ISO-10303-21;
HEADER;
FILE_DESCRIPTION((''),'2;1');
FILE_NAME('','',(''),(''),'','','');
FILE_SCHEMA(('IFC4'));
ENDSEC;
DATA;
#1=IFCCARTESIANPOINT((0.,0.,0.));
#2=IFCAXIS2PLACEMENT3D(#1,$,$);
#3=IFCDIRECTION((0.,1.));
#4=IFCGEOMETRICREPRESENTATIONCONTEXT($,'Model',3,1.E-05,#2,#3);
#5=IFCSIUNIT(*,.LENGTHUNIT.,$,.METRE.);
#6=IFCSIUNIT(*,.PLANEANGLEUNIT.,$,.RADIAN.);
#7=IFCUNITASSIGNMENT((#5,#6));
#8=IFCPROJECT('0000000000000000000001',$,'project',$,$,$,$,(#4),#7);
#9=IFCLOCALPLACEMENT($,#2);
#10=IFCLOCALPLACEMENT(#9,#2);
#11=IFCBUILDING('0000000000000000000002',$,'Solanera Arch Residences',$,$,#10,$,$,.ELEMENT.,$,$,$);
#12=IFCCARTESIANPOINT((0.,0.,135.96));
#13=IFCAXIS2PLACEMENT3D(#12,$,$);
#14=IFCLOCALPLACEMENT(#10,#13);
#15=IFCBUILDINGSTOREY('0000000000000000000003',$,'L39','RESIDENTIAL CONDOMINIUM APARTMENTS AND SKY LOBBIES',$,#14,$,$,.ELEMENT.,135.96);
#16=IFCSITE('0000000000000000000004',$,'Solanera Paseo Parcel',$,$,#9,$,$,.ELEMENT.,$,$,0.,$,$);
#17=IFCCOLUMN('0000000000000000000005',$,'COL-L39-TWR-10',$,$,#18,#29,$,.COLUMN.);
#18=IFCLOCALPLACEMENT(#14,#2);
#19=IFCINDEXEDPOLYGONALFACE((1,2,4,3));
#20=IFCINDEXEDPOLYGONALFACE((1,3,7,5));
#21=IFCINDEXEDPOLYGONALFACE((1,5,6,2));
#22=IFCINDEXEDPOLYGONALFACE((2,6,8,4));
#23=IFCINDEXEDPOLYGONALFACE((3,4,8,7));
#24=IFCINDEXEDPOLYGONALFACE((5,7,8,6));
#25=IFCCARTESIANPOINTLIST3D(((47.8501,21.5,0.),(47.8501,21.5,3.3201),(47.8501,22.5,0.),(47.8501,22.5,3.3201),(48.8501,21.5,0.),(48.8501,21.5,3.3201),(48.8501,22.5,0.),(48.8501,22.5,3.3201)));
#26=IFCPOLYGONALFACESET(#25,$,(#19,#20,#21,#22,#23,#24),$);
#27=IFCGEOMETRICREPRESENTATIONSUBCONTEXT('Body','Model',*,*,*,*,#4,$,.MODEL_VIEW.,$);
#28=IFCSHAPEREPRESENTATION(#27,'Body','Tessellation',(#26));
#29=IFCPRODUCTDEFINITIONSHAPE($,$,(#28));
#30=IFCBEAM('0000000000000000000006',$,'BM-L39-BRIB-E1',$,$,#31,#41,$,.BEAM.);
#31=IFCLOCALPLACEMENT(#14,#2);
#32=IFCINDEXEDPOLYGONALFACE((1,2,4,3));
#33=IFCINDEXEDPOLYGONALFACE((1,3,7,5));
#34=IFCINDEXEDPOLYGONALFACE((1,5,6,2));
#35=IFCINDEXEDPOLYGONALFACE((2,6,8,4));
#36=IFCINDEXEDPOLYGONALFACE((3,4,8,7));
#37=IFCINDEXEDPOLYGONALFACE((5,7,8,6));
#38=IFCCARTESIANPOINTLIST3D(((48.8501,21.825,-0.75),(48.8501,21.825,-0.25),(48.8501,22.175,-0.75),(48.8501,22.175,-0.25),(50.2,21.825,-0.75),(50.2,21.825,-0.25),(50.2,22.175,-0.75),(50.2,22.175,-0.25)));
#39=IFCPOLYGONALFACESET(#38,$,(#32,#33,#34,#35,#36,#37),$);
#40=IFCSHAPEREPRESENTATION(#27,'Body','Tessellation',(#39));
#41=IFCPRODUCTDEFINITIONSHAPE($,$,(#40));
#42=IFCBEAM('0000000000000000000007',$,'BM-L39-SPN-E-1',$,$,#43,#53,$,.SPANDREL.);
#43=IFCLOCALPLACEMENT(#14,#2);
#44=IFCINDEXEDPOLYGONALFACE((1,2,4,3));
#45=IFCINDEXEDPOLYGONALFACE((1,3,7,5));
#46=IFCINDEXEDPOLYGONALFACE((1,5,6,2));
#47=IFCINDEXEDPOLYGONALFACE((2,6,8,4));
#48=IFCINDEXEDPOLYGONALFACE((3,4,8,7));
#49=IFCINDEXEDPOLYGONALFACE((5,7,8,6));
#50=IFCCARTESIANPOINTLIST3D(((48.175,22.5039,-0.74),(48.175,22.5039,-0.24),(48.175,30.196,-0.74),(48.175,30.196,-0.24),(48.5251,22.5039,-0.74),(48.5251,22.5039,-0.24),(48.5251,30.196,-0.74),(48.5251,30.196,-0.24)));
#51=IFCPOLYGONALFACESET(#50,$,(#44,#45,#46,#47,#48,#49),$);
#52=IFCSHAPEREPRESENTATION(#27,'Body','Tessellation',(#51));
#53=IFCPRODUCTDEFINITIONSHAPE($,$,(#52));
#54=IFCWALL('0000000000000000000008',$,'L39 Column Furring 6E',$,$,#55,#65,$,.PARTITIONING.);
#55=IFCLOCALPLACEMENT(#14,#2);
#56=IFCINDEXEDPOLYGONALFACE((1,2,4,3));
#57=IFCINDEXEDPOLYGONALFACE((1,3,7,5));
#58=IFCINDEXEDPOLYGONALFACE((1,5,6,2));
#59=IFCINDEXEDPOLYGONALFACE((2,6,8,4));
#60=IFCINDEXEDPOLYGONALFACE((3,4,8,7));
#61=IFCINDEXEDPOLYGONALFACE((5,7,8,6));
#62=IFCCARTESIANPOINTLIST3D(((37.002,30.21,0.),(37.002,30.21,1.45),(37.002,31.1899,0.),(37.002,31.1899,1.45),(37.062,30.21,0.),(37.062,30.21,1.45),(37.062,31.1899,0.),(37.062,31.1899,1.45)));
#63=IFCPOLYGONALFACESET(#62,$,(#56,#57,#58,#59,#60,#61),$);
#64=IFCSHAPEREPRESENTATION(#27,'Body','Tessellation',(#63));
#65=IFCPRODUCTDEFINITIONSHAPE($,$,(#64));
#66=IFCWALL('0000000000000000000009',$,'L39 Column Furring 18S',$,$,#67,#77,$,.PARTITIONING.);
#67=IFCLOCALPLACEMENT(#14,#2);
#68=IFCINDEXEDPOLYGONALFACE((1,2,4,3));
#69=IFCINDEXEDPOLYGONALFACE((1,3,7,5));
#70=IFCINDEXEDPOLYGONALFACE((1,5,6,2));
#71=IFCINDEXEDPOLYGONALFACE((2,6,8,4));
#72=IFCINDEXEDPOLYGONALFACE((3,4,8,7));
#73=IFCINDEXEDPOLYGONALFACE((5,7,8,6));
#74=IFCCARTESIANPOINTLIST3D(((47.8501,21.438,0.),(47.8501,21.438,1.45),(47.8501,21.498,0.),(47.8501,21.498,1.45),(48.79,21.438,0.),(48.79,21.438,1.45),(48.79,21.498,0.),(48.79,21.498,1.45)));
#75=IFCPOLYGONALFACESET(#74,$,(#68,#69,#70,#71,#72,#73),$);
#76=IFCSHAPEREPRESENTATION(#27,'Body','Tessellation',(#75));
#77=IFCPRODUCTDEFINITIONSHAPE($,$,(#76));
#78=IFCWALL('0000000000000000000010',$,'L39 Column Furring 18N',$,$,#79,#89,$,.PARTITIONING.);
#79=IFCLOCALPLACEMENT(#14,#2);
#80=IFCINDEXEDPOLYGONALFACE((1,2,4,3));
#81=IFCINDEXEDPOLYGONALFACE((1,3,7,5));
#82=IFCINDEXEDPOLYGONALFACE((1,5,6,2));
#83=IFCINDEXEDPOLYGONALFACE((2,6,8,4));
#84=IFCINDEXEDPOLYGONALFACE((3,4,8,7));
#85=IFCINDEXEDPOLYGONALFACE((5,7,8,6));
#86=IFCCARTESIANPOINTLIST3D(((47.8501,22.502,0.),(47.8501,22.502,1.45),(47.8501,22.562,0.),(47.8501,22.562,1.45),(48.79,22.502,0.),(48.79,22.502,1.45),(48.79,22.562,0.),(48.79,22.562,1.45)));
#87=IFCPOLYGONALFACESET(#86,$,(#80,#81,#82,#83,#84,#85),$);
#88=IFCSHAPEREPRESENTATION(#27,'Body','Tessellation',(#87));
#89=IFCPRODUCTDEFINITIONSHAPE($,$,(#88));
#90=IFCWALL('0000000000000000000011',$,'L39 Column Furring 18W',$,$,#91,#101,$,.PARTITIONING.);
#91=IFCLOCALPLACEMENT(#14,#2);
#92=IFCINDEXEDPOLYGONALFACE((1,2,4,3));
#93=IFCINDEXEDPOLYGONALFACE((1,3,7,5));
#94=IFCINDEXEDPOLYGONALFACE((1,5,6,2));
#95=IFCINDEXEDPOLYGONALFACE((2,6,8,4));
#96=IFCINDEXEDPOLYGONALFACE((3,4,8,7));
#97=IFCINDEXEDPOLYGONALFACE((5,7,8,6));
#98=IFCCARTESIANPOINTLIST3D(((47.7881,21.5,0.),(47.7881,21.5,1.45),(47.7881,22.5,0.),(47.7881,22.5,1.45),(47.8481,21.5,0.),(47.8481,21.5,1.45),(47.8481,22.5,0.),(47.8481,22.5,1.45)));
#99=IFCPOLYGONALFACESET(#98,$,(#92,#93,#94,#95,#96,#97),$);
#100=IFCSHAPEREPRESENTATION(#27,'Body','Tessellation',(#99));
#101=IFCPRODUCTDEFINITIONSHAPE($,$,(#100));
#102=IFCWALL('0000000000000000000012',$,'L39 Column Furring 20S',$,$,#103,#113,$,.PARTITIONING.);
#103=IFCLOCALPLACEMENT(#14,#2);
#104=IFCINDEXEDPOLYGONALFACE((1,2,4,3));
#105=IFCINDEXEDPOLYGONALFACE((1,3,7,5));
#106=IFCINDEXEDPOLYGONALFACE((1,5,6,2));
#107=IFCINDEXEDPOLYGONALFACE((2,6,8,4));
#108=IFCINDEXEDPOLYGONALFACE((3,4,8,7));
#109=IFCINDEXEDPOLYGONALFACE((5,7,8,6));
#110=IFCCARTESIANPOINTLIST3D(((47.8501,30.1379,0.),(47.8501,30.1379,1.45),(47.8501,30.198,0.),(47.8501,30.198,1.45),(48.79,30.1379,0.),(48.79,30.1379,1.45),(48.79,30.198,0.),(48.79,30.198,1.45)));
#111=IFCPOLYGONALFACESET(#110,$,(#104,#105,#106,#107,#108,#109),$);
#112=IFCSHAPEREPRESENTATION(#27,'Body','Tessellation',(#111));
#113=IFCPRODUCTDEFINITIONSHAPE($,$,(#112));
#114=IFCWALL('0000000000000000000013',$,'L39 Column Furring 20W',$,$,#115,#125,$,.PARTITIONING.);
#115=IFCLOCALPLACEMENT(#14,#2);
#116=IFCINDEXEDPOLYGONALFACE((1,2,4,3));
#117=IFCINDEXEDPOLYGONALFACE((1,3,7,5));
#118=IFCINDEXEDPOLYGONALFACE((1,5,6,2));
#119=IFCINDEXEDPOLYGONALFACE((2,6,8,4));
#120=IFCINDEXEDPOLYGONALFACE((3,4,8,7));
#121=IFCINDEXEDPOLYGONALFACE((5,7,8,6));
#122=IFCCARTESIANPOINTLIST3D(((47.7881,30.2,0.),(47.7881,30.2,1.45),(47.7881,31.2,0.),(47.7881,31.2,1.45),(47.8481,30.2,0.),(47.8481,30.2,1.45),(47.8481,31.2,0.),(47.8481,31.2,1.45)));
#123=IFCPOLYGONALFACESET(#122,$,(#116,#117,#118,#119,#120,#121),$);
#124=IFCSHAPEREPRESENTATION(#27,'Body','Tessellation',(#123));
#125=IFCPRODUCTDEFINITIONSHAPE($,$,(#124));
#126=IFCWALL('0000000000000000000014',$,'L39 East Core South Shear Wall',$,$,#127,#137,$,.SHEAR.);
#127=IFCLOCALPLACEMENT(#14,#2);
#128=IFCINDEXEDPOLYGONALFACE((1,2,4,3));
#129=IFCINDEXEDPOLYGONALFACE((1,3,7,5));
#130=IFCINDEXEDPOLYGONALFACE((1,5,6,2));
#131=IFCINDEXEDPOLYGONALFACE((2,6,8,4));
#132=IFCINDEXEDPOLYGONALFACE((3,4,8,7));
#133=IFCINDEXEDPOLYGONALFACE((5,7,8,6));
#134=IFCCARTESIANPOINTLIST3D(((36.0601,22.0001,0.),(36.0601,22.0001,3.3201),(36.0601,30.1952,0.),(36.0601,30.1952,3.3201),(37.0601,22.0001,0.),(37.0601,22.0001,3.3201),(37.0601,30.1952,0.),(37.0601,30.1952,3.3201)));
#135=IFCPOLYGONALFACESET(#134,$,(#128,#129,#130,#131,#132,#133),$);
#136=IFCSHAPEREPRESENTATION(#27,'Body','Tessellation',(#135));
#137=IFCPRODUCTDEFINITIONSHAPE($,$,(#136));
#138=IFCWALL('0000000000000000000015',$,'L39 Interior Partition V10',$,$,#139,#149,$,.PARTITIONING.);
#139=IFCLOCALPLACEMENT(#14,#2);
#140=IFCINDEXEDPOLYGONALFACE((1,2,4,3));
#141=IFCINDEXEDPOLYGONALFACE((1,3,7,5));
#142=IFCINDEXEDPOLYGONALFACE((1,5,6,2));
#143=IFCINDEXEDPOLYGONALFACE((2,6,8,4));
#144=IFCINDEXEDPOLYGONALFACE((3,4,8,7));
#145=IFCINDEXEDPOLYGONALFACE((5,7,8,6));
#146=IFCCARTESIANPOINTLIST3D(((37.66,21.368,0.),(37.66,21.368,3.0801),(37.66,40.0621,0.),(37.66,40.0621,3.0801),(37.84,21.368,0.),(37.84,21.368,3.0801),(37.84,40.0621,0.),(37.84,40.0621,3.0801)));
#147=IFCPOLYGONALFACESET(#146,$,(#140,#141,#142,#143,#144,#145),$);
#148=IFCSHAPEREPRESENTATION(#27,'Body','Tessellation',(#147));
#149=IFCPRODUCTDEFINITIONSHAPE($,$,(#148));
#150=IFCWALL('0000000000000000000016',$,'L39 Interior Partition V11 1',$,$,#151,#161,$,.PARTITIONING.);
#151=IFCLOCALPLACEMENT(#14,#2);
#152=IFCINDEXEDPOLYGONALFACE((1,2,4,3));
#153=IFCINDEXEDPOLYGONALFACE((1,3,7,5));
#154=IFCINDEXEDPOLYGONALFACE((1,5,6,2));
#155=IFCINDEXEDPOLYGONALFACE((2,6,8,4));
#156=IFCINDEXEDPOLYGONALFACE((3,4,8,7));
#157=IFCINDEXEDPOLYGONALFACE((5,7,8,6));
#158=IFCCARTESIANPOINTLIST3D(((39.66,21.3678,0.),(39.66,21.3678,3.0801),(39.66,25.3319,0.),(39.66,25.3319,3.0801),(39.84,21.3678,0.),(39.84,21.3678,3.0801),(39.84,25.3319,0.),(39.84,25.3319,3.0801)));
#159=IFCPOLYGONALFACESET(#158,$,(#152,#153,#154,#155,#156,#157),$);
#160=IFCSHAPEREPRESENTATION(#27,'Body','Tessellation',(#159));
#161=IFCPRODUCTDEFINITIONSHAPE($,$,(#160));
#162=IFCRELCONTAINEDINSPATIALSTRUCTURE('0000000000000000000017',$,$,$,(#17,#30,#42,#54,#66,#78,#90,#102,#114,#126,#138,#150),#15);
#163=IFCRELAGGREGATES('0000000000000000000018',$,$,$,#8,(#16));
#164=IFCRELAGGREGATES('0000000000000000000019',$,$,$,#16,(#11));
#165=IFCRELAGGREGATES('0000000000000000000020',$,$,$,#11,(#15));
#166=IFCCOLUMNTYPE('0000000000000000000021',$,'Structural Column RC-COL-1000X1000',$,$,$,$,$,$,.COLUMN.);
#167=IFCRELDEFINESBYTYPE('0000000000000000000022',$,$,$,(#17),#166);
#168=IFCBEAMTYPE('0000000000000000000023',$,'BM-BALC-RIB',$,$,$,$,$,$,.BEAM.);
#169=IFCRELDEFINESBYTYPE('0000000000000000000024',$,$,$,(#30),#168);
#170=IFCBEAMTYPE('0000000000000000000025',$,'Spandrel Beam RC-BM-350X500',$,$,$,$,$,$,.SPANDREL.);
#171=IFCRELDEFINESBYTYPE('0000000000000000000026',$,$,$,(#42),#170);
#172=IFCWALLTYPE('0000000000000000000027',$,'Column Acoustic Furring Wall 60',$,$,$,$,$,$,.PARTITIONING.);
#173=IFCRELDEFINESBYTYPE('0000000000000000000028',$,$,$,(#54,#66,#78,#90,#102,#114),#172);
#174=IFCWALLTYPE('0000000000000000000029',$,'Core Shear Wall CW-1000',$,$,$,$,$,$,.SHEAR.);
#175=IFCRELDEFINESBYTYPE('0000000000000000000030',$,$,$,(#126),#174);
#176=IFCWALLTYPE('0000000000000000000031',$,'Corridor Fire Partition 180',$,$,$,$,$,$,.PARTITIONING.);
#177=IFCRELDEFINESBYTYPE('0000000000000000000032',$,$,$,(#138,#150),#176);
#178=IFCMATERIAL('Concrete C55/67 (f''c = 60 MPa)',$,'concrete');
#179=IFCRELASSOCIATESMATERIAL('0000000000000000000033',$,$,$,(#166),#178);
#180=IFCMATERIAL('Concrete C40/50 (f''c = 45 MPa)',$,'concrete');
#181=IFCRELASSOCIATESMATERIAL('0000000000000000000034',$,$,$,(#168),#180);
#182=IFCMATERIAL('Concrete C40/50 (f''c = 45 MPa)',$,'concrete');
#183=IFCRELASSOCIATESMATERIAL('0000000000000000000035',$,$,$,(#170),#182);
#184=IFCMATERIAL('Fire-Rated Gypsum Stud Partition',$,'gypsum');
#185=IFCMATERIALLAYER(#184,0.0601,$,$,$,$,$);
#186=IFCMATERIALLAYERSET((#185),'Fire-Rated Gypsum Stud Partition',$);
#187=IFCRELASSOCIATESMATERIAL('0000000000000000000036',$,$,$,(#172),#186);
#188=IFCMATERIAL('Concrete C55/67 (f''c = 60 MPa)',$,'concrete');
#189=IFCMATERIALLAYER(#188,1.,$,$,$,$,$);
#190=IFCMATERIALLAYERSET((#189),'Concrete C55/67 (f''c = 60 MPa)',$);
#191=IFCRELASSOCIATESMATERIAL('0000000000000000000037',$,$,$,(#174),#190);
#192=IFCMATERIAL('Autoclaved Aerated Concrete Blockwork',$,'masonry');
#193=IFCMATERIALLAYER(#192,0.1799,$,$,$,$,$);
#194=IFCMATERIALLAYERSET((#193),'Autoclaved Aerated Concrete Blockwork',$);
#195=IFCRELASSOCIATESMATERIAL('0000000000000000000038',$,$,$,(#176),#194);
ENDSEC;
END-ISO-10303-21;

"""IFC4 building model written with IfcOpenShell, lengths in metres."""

from ifc_helpers import new_model, si_unit, direction, frame, frame_2d, origin, origin_2d, place, context, subcontext, project, spatial, rectangle, extrude, material, layer, layer_set, material_profile, profile_set, type_object, element, save


model = new_model("IFC4")

# Units and contexts
model_context = context("Model", 3, precision=1e-05, world=origin(), true_north=direction((0.0, 1.0)))
body_context = subcontext(model_context, "Body", "Model", "MODEL_VIEW")
ifc_project = project(units=[si_unit("LENGTHUNIT", "METRE"), si_unit("PLANEANGLEUNIT", "RADIAN")], contexts=[model_context])

# Site, building, storey
site_placement = place(None, origin())
site = spatial("IfcSite", under=ifc_project, at=site_placement, Name="Solanera Paseo Parcel", CompositionType="ELEMENT", RefElevation=0.0)
building_placement = place(site_placement, origin())
building = spatial("IfcBuilding", under=site, at=building_placement, Name="Solanera Arch Residences", CompositionType="ELEMENT")
storey_placement = place(building_placement, frame((0.0, 0.0, 135.96)))
storey = spatial("IfcBuildingStorey", under=building, at=storey_placement, Name="L39", Description="RESIDENTIAL CONDOMINIUM APARTMENTS AND SKY LOBBIES", CompositionType="ELEMENT", Elevation=135.96)

# Column
ifc_material_1 = material(Name="Concrete C55/67 (f'c = 60 MPa)", Category="concrete")
ifc_material_profile_1 = material_profile(ifc_material_1, rectangle(XDim=1.0, YDim=1.0, at=origin_2d()))
ifc_profile_set_1 = profile_set([ifc_material_profile_1], Name="Concrete C55/67 (f'c = 60 MPa)")
column_type = type_object("IfcColumnType", Name="Structural Column RC-COL-1000X1000", PredefinedType="COLUMN", material=ifc_profile_set_1)
column_placement = place(storey_placement, frame((48.3501, 22.0, 0.0), z_axis=(0.0, 0.0, 1.0), x_axis=(1.0, 0.0, 0.0)))
element("IfcColumn", 1, at=column_placement, inside=storey, type_object=column_type, Name="COL-L39-TWR-10", PredefinedType="COLUMN", context=body_context, shape_type="SweptSolid", body=[
    extrude(rectangle(XDim=1.0, YDim=1.0, at=origin_2d()), origin(), (0.0, 0.0, 1.0), 3.3201),
])

# Beams
ifc_material_2 = material(Name="Concrete C40/50 (f'c = 45 MPa)", Category="concrete")
ifc_material_profile_2 = material_profile(ifc_material_2, rectangle(XDim=0.3501, YDim=0.5, at=origin_2d()))
ifc_profile_set_2 = profile_set([ifc_material_profile_2], Name="Concrete C40/50 (f'c = 45 MPa)")
beam_type_1 = type_object("IfcBeamType", Name="BM-BALC-RIB", PredefinedType="BEAM", material=ifc_profile_set_2)
beam_1_placement = place(storey_placement, frame((48.8501, 22.0, -0.5), z_axis=(1.0, 0.0, 0.0), x_axis=(0.0, 1.0, 0.0)))
element("IfcBeam", 2, at=beam_1_placement, inside=storey, type_object=beam_type_1, Name="BM-L39-BRIB-E1", PredefinedType="BEAM", context=body_context, shape_type="SweptSolid", body=[
    extrude(rectangle(XDim=0.3501, YDim=0.5, at=origin_2d()), origin(), (0.0, 0.0, 1.0), 1.3499),
])
ifc_material_3 = material(Name="Concrete C40/50 (f'c = 45 MPa)", Category="concrete")
ifc_material_profile_3 = material_profile(ifc_material_3, rectangle(XDim=0.3501, YDim=0.5, at=origin_2d()))
ifc_profile_set_3 = profile_set([ifc_material_profile_3], Name="Concrete C40/50 (f'c = 45 MPa)")
beam_type_2 = type_object("IfcBeamType", Name="Spandrel Beam RC-BM-350X500", PredefinedType="SPANDREL", material=ifc_profile_set_3)
beam_2_placement = place(storey_placement, frame((48.3501, 22.5039, -0.49), z_axis=(0.0, 1.0, 0.0), x_axis=(-1.0, 0.0, 0.0)))
element("IfcBeam", 3, at=beam_2_placement, inside=storey, type_object=beam_type_2, Name="BM-L39-SPN-E-1", PredefinedType="SPANDREL", context=body_context, shape_type="SweptSolid", body=[
    extrude(rectangle(XDim=0.3501, YDim=0.5, at=origin_2d()), origin(), (0.0, 0.0, 1.0), 7.6921),
])

# Walls
ifc_material_4 = material(Name="Fire-Rated Gypsum Stud Partition", Category="gypsum")
ifc_layer_1 = layer(ifc_material_4, 0.0601)
ifc_layer_set_1 = layer_set([ifc_layer_1], Name="Fire-Rated Gypsum Stud Partition")
wall_type_1 = type_object("IfcWallType", Name="Column Acoustic Furring Wall 60", PredefinedType="PARTITIONING", material=ifc_layer_set_1)
wall_1_placement = place(storey_placement, frame((37.032, 30.21, 0.0), z_axis=(0.0, 0.0, 1.0), x_axis=(0.0, 1.0, 0.0)))
element("IfcWall", 4, at=wall_1_placement, inside=storey, type_object=wall_type_1, Name="L39 Column Furring 6E", PredefinedType="PARTITIONING", context=body_context, shape_type="SweptSolid", body=[
    extrude(rectangle(XDim=0.98, YDim=0.0601, at=frame_2d((0.49, 0.0))), origin(), (0.0, 0.0, 1.0), 1.45),
])
for number, where, z_axis, x_axis, name in (
    (5, (47.8501, 21.468, 0.0), (0.0, 0.0, 1.0), (1.0, 0.0, 0.0), "L39 Column Furring 18S"),
    (6, (47.8501, 22.532, 0.0), (0.0, 0.0, 1.0), (1.0, 0.0, 0.0), "L39 Column Furring 18N"),
):
    element("IfcWall", number, at=place(storey_placement, frame(where, z_axis=z_axis, x_axis=x_axis)), inside=storey, type_object=wall_type_1, Name=name, PredefinedType="PARTITIONING", context=body_context, shape_type="SweptSolid", body=[
        extrude(rectangle(XDim=0.9399, YDim=0.0601, at=frame_2d((0.47, 0.0))), origin(), (0.0, 0.0, 1.0), 1.45),
    ])
wall_2_placement = place(storey_placement, frame((47.8181, 21.5, 0.0), z_axis=(0.0, 0.0, 1.0), x_axis=(0.0, 1.0, 0.0)))
element("IfcWall", 7, at=wall_2_placement, inside=storey, type_object=wall_type_1, Name="L39 Column Furring 18W", PredefinedType="PARTITIONING", context=body_context, shape_type="SweptSolid", body=[
    extrude(rectangle(XDim=1.0, YDim=0.0601, at=frame_2d((0.5, 0.0))), origin(), (0.0, 0.0, 1.0), 1.45),
])
wall_3_placement = place(storey_placement, frame((47.8501, 30.168, 0.0), z_axis=(0.0, 0.0, 1.0), x_axis=(1.0, 0.0, 0.0)))
element("IfcWall", 8, at=wall_3_placement, inside=storey, type_object=wall_type_1, Name="L39 Column Furring 20S", PredefinedType="PARTITIONING", context=body_context, shape_type="SweptSolid", body=[
    extrude(rectangle(XDim=0.9399, YDim=0.0601, at=frame_2d((0.47, 0.0))), origin(), (0.0, 0.0, 1.0), 1.45),
])
wall_4_placement = place(storey_placement, frame((47.8181, 30.2, 0.0), z_axis=(0.0, 0.0, 1.0), x_axis=(0.0, 1.0, 0.0)))
element("IfcWall", 9, at=wall_4_placement, inside=storey, type_object=wall_type_1, Name="L39 Column Furring 20W", PredefinedType="PARTITIONING", context=body_context, shape_type="SweptSolid", body=[
    extrude(rectangle(XDim=1.0, YDim=0.0601, at=frame_2d((0.5, 0.0))), origin(), (0.0, 0.0, 1.0), 1.45),
])
ifc_material_5 = material(Name="Concrete C55/67 (f'c = 60 MPa)", Category="concrete")
ifc_layer_2 = layer(ifc_material_5, 1.0)
ifc_layer_set_2 = layer_set([ifc_layer_2], Name="Concrete C55/67 (f'c = 60 MPa)")
wall_type_2 = type_object("IfcWallType", Name="Core Shear Wall CW-1000", PredefinedType="SHEAR", material=ifc_layer_set_2)
wall_5_placement = place(storey_placement, frame((36.5601, 22.0, 0.0), z_axis=(0.0, 0.0, 1.0), x_axis=(0.0, 1.0, 0.0)))
element("IfcWall", 10, at=wall_5_placement, inside=storey, type_object=wall_type_2, Name="L39 East Core South Shear Wall", PredefinedType="SHEAR", context=body_context, shape_type="SweptSolid", body=[
    extrude(rectangle(XDim=8.1951, YDim=1.0, at=frame_2d((4.0977, 0.0))), origin(), (0.0, 0.0, 1.0), 3.3201),
])
ifc_material_6 = material(Name="Autoclaved Aerated Concrete Blockwork", Category="masonry")
ifc_layer_3 = layer(ifc_material_6, 0.1799)
ifc_layer_set_3 = layer_set([ifc_layer_3], Name="Autoclaved Aerated Concrete Blockwork")
wall_type_3 = type_object("IfcWallType", Name="Corridor Fire Partition 180", PredefinedType="PARTITIONING", material=ifc_layer_set_3)
wall_6_placement = place(storey_placement, frame((37.75, 21.3679, 0.0), z_axis=(0.0, 0.0, 1.0), x_axis=(0.0, 1.0, 0.0)))
element("IfcWall", 11, at=wall_6_placement, inside=storey, type_object=wall_type_3, Name="L39 Interior Partition V10", PredefinedType="PARTITIONING", context=body_context, shape_type="SweptSolid", body=[
    extrude(rectangle(XDim=18.6941, YDim=0.1799, at=frame_2d((9.3472, 0.0))), origin(), (0.0, 0.0, 1.0), 3.0801),
])
wall_7_placement = place(storey_placement, frame((39.75, 21.3679, 0.0), z_axis=(0.0, 0.0, 1.0), x_axis=(0.0, 1.0, 0.0)))
element("IfcWall", 12, at=wall_7_placement, inside=storey, type_object=wall_type_3, Name="L39 Interior Partition V11 1", PredefinedType="PARTITIONING", context=body_context, shape_type="SweptSolid", body=[
    extrude(rectangle(XDim=3.9641, YDim=0.1799, at=frame_2d((1.9819, 0.0))), origin(), (0.0, 0.0, 1.0), 3.0801),
])

save(model, "model.ifc")
